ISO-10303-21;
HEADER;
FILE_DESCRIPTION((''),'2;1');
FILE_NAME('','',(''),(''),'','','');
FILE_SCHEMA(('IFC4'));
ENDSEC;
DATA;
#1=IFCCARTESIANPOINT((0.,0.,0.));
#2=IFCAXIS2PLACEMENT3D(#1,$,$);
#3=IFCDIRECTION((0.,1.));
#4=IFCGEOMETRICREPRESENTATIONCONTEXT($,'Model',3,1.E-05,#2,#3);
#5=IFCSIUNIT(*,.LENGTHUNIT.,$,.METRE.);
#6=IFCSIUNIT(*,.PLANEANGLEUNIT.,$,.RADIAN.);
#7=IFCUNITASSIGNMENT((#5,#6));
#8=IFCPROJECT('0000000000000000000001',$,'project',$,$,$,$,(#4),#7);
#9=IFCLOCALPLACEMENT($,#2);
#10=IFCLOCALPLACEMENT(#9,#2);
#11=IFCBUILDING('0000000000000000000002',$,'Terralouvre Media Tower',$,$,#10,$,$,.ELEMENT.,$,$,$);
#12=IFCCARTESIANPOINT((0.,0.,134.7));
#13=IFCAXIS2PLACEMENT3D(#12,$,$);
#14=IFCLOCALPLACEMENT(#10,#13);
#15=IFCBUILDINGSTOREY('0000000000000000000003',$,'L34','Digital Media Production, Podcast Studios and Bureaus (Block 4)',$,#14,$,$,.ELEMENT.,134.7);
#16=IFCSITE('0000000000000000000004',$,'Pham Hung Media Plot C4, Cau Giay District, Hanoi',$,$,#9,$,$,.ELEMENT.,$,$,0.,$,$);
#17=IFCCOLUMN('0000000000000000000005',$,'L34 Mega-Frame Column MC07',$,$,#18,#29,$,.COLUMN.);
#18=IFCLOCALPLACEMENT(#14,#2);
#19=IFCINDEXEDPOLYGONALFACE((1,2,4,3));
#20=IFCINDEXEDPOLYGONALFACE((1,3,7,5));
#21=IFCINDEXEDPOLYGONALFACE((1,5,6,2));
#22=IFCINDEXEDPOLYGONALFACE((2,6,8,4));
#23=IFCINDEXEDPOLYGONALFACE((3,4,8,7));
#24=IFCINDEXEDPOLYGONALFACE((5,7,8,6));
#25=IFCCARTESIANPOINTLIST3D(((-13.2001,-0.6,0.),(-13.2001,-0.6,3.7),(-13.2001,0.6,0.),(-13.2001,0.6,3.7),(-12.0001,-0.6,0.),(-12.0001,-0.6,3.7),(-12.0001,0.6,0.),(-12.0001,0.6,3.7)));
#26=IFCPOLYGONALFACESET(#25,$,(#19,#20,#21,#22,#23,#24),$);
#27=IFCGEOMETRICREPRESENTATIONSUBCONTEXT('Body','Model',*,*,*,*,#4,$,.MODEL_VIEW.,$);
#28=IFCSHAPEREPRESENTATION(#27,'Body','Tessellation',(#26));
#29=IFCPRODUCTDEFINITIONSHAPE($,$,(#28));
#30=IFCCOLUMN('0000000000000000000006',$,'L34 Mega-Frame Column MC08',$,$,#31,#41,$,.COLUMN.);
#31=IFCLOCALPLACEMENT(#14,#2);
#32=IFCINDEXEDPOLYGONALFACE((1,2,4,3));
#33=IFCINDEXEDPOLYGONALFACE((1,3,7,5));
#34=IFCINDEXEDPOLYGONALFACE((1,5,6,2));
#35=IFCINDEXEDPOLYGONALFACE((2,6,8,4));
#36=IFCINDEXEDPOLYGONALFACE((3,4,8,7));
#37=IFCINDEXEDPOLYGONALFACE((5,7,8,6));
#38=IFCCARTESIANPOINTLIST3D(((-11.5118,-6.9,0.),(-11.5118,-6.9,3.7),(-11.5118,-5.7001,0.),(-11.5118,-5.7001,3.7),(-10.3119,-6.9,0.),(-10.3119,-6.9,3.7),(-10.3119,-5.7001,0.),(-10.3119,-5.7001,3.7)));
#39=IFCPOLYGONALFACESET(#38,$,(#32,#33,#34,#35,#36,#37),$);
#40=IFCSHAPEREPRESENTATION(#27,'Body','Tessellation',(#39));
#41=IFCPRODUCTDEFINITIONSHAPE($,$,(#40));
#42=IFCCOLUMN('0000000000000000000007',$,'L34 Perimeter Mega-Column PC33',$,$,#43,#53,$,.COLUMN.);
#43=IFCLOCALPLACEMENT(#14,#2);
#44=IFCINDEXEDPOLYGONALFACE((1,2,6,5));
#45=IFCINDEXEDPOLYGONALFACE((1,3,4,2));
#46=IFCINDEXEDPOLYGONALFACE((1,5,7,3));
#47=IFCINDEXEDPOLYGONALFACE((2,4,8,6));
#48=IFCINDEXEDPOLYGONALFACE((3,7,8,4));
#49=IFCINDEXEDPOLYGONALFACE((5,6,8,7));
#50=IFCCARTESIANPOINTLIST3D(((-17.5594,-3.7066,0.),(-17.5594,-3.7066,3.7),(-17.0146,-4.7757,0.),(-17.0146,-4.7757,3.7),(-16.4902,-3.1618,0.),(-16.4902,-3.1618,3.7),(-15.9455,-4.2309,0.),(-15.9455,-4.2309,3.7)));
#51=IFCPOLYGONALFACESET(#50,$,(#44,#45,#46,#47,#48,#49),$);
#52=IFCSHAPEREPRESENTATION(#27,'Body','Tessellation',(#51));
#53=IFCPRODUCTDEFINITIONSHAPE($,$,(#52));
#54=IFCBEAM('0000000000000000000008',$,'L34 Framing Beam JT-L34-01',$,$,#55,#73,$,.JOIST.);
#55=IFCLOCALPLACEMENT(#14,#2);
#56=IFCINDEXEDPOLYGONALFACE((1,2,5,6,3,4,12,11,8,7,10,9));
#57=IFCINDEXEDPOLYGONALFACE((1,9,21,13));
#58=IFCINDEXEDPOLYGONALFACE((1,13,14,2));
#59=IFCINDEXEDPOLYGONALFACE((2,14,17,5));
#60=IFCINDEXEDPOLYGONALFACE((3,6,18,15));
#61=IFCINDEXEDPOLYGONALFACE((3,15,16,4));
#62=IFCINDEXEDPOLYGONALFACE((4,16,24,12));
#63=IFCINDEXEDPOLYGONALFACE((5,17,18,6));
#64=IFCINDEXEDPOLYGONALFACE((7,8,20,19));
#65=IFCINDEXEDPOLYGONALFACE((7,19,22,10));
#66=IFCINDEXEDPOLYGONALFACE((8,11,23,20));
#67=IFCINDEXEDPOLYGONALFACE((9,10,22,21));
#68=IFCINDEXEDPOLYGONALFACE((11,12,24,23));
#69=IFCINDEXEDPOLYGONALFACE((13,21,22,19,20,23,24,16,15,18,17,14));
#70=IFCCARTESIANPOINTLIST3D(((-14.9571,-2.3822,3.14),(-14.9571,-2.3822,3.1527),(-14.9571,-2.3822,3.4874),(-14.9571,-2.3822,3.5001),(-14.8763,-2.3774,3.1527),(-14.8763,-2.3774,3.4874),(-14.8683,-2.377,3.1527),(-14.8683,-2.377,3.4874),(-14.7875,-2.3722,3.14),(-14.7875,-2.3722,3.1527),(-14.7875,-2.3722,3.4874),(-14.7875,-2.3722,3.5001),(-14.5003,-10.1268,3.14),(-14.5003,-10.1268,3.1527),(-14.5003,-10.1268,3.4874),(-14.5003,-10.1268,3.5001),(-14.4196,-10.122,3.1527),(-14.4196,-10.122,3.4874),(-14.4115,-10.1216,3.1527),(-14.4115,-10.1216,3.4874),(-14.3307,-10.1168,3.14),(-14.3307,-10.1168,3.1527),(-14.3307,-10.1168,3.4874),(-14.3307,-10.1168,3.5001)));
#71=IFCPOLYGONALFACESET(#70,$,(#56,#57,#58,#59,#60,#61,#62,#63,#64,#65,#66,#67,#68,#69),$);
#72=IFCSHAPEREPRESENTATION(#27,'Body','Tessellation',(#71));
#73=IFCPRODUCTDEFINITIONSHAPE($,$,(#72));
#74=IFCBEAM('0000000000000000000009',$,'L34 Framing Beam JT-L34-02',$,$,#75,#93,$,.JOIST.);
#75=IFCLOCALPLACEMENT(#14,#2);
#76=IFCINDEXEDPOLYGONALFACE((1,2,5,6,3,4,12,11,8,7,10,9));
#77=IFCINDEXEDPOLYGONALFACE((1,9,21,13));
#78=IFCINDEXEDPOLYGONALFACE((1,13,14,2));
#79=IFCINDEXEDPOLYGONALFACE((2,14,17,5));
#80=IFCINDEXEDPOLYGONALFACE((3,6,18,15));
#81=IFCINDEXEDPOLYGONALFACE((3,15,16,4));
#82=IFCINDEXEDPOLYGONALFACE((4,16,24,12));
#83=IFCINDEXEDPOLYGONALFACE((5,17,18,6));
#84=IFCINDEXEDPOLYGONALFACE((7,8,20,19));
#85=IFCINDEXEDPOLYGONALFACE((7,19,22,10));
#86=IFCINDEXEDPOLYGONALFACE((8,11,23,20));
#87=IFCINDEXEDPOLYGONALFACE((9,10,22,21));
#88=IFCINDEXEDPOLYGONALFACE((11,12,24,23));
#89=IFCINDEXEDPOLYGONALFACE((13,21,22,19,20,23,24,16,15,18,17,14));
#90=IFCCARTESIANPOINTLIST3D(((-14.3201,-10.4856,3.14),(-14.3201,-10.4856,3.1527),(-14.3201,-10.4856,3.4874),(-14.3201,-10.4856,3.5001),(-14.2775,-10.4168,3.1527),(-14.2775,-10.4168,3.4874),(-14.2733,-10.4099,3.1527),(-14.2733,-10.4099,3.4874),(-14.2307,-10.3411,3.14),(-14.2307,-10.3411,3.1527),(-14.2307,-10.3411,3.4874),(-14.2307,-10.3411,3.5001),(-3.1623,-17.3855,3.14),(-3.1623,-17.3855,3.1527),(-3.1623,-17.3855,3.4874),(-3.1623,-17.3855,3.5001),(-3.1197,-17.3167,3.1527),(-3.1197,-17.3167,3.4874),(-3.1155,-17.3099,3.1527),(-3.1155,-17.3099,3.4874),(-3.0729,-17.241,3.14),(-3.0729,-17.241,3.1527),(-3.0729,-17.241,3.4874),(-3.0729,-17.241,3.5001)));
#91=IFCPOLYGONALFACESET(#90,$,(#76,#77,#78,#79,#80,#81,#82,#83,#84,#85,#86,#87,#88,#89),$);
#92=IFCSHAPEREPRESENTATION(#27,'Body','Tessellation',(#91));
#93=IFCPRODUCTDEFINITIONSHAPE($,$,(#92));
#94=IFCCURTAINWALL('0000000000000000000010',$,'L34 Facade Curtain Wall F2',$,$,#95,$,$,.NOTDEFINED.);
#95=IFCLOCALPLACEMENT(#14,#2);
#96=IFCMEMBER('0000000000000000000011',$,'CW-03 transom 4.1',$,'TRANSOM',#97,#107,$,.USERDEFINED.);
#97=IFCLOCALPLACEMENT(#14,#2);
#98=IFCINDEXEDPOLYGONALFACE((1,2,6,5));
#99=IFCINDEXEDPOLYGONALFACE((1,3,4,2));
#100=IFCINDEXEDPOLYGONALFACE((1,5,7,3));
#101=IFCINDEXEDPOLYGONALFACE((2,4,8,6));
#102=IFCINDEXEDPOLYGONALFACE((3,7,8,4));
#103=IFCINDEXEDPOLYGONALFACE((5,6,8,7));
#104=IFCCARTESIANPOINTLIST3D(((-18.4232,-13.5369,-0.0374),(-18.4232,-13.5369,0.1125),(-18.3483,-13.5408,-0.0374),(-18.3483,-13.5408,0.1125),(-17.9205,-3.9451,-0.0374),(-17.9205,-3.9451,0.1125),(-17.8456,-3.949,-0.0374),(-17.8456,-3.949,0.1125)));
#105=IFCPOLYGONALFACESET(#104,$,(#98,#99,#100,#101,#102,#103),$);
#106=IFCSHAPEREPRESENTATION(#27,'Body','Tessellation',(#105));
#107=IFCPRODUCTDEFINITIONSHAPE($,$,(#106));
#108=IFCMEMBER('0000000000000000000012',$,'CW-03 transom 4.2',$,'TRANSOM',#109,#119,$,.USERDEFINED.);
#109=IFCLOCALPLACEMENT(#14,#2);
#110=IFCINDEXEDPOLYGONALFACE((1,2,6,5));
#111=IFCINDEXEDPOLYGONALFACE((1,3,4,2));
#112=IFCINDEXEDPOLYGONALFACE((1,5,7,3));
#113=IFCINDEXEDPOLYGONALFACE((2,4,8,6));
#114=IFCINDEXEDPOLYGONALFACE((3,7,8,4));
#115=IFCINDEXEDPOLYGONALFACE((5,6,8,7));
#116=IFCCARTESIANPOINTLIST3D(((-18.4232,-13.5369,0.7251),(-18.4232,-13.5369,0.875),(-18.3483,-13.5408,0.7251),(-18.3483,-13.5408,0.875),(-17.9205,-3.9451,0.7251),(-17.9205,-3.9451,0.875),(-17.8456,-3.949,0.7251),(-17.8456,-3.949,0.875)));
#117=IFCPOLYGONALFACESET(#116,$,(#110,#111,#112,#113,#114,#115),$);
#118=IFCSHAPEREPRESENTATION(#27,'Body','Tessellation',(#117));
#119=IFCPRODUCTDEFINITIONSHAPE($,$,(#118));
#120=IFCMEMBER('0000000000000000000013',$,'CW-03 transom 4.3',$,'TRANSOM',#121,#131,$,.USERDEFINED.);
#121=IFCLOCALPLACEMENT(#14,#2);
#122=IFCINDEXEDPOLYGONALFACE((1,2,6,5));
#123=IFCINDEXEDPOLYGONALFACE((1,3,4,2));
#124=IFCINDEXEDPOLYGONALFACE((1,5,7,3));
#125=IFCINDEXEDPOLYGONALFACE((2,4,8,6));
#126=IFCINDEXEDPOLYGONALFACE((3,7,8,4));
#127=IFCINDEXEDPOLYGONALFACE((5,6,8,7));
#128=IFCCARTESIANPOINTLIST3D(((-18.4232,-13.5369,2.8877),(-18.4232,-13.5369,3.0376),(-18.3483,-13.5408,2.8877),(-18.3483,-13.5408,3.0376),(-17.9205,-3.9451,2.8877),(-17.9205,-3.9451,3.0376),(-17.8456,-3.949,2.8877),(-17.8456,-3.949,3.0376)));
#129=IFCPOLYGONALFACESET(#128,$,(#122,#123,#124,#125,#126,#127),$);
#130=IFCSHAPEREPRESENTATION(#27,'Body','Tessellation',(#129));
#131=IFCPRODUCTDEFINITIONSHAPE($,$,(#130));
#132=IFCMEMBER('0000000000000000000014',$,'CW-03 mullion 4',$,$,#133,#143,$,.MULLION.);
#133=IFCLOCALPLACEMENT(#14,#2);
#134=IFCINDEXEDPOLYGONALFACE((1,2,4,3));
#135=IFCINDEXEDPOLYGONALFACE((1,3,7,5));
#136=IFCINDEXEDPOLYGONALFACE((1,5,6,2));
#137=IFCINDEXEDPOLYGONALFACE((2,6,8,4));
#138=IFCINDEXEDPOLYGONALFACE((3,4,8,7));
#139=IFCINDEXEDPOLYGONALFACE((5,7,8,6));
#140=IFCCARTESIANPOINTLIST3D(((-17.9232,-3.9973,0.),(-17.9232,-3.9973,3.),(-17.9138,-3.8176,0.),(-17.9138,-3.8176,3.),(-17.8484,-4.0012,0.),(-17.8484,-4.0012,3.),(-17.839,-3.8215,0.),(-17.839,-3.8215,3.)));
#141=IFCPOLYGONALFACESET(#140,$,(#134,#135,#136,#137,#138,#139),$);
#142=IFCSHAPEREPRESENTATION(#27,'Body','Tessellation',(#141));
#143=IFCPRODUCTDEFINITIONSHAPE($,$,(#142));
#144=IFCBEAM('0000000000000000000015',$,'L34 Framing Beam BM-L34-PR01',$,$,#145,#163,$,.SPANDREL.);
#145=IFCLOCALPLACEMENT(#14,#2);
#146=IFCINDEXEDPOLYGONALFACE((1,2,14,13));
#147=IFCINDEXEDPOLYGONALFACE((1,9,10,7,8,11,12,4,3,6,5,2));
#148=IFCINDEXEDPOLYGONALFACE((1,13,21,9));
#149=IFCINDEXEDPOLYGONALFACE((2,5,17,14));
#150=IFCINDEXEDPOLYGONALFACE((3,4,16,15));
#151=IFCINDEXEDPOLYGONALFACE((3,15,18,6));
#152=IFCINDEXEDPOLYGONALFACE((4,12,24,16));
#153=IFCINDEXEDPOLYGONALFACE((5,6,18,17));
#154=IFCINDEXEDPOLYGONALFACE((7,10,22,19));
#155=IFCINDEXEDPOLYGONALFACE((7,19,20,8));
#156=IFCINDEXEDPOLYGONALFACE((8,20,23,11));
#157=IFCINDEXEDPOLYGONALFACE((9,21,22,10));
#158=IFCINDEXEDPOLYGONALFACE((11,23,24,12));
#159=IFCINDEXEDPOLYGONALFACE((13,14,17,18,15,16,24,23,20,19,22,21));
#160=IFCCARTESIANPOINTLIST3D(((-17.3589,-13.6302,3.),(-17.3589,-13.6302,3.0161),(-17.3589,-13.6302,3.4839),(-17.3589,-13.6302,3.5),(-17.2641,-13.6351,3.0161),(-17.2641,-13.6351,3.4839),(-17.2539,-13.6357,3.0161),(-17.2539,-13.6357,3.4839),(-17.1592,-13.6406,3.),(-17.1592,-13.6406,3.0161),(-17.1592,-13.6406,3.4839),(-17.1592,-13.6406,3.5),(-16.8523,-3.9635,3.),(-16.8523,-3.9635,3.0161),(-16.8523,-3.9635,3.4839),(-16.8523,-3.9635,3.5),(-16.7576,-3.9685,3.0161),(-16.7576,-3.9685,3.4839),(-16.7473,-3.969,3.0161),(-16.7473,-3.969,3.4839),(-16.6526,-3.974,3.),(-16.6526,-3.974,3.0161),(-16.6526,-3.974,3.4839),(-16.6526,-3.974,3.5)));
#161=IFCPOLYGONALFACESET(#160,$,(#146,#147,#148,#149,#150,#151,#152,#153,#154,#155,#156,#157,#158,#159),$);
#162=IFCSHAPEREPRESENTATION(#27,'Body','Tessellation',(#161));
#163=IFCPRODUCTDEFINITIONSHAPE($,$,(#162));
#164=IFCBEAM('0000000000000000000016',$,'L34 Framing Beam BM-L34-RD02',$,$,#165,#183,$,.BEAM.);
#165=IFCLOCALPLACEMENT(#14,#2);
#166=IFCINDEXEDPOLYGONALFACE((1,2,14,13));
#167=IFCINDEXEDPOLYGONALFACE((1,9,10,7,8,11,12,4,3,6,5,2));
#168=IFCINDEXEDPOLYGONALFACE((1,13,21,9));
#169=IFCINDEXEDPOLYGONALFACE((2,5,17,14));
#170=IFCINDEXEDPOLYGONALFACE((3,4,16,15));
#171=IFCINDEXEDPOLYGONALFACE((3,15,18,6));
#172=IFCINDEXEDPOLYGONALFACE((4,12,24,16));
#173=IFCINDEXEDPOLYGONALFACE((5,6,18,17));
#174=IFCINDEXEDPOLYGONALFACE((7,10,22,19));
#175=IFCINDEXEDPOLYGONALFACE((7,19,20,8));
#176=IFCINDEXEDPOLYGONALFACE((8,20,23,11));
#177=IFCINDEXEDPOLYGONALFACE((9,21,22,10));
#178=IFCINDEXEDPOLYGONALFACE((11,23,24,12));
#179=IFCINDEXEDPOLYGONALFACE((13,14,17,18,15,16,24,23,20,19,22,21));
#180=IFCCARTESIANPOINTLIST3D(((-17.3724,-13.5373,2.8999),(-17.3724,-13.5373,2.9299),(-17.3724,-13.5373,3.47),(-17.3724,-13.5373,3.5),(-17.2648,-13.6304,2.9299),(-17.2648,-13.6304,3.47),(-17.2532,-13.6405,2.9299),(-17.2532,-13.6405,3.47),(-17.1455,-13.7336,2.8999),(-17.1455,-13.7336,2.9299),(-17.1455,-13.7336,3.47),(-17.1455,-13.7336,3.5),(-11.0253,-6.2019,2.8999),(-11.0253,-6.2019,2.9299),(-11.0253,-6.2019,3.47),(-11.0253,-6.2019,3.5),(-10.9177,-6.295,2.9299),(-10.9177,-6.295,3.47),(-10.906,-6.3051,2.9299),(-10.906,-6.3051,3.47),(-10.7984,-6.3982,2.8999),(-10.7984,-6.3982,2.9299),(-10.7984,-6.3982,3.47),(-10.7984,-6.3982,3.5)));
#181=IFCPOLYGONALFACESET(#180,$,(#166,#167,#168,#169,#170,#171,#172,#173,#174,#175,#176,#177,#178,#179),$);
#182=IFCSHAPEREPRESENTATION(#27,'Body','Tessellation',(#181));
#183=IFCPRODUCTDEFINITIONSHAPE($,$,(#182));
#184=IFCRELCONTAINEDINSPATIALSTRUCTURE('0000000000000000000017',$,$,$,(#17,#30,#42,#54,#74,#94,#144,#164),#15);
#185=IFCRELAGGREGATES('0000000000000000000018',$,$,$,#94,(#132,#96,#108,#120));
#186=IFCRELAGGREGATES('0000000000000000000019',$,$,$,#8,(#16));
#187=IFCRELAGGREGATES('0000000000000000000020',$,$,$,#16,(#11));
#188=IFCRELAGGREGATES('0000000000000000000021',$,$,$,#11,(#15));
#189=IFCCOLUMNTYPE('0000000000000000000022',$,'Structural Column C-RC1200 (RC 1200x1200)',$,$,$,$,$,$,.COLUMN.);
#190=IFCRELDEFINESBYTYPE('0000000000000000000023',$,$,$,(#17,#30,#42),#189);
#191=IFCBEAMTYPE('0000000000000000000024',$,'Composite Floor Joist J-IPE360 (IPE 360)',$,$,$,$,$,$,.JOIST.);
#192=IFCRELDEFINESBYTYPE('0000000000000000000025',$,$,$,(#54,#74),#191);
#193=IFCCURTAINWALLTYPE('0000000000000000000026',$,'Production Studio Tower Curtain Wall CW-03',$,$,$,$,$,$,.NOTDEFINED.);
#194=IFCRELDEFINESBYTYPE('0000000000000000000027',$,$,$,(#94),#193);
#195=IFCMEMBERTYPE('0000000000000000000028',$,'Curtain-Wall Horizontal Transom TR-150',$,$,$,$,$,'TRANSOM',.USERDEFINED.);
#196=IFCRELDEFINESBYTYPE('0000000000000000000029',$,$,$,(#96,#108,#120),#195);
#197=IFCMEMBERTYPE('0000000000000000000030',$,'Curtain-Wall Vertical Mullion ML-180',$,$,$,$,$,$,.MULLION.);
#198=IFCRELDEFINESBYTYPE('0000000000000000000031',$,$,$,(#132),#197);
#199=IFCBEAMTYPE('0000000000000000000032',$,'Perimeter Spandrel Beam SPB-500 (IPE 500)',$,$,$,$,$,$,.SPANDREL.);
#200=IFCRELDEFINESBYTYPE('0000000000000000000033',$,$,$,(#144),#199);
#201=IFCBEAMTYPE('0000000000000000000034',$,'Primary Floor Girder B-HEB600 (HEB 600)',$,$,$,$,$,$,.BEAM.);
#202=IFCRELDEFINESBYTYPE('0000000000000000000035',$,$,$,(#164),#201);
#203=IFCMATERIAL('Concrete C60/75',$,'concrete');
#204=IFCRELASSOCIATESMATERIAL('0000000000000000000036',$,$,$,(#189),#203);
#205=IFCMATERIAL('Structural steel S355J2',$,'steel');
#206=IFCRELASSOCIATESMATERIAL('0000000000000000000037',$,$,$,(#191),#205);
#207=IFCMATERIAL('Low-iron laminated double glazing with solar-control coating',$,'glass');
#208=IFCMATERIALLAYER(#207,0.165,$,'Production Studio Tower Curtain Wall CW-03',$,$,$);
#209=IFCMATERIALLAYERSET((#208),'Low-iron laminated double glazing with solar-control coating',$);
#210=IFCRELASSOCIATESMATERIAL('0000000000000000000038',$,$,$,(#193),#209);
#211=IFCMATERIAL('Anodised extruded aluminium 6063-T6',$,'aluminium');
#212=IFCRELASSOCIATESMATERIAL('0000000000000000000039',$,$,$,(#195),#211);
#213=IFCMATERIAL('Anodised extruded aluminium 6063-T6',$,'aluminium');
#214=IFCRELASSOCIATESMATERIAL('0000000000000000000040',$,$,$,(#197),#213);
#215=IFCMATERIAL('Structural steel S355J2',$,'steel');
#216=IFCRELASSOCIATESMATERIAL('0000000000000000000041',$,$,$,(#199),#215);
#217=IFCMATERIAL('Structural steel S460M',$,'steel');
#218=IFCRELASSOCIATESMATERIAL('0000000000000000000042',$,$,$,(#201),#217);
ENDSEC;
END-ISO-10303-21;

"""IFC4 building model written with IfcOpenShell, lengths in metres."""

from ifc_helpers import new_model, si_unit, direction, frame, origin, origin_2d, place, context, subcontext, project, spatial, rectangle, i_section, extrude, material, layer, layer_set, material_profile, profile_set, type_object, element, aggregate, save


model = new_model("IFC4")

# Units and contexts
model_context = context("Model", 3, precision=1e-05, world=origin(), true_north=direction((0.0, 1.0)))
body_context = subcontext(model_context, "Body", "Model", "MODEL_VIEW")
ifc_project = project(units=[si_unit("LENGTHUNIT", "METRE"), si_unit("PLANEANGLEUNIT", "RADIAN")], contexts=[model_context])

# Site, building, storey
site_placement = place(None, origin())
site = spatial("IfcSite", under=ifc_project, at=site_placement, Name="Pham Hung Media Plot C4, Cau Giay District, Hanoi", CompositionType="ELEMENT", RefElevation=0.0)
building_placement = place(site_placement, origin())
building = spatial("IfcBuilding", under=site, at=building_placement, Name="Terralouvre Media Tower", CompositionType="ELEMENT")
storey_placement = place(building_placement, frame((0.0, 0.0, 134.7)))
storey = spatial("IfcBuildingStorey", under=building, at=storey_placement, Name="L34", Description="Digital Media Production, Podcast Studios and Bureaus (Block 4)", CompositionType="ELEMENT", Elevation=134.7)

# Columns
ifc_material_1 = material(Name="Concrete C60/75", Category="concrete")
ifc_material_profile_1 = material_profile(ifc_material_1, rectangle(XDim=1.2, YDim=1.2, at=origin_2d()), Name="RC 1200x1200")
ifc_profile_set_1 = profile_set([ifc_material_profile_1], Name="Concrete C60/75")
column_type = type_object("IfcColumnType", Name="Structural Column C-RC1200 (RC 1200x1200)", PredefinedType="COLUMN", material=ifc_profile_set_1)
for number, where, z_axis, x_axis, name in (
    (1, (-12.6001, 0.0, 0.0), (0.0, 0.0, 1.0), (1.0, 0.0, 0.0), "L34 Mega-Frame Column MC07"),
    (2, (-10.9119, -6.3, 0.0), (0.0, 0.0, 1.0), (1.0, 0.0, 0.0), "L34 Mega-Frame Column MC08"),
    (3, (-16.7524, -3.9688, 0.0), (0.0, 0.0, 1.0), (0.891007, 0.45399, 0.0), "L34 Perimeter Mega-Column PC33"),
):
    element("IfcColumn", number, at=place(storey_placement, frame(where, z_axis=z_axis, x_axis=x_axis)), inside=storey, type_object=column_type, Name=name, PredefinedType="COLUMN", context=body_context, shape_type="SweptSolid", body=[
        extrude(rectangle(XDim=1.2, YDim=1.2, at=origin_2d()), origin(), (0.0, 0.0, 1.0), 3.7),
    ])

# Beams
ifc_material_2 = material(Name="Structural steel S355J2", Category="steel")
ifc_material_profile_2 = material_profile(ifc_material_2, i_section(OverallWidth=0.1699, OverallDepth=0.3601, WebThickness=0.0081, FlangeThickness=0.0127, at=origin_2d()), Name="IPE 360")
ifc_profile_set_2 = profile_set([ifc_material_profile_2], Name="Structural steel S355J2")
beam_type_1 = type_object("IfcBeamType", Name="Composite Floor Joist J-IPE360 (IPE 360)", PredefinedType="JOIST", material=ifc_profile_set_2)
beam_1_placement = place(storey_placement, frame((-14.8723, -2.3772, 3.3201), z_axis=(0.058879, -0.998265, 0.0), x_axis=(0.998265, 0.058879, 0.0)))
element("IfcBeam", 4, at=beam_1_placement, inside=storey, type_object=beam_type_1, Name="L34 Framing Beam JT-L34-01", PredefinedType="JOIST", context=body_context, shape_type="SweptSolid", body=[
    extrude(i_section(OverallWidth=0.1699, OverallDepth=0.3601, WebThickness=0.0081, FlangeThickness=0.0127, at=origin_2d()), origin(), (0.0, 0.0, 1.0), 7.7581),
])
beam_2_placement = place(storey_placement, frame((-14.2754, -10.4133, 3.3201), z_axis=(0.850513, -0.525955, 0.0), x_axis=(0.525955, 0.850513, 0.0)))
element("IfcBeam", 5, at=beam_2_placement, inside=storey, type_object=beam_type_1, Name="L34 Framing Beam JT-L34-02", PredefinedType="JOIST", context=body_context, shape_type="SweptSolid", body=[
    extrude(i_section(OverallWidth=0.1699, OverallDepth=0.3601, WebThickness=0.0081, FlangeThickness=0.0127, at=origin_2d()), origin(), (0.0, 0.0, 1.0), 13.1189),
])

# Curtain wall, members
ifc_material_3 = material(Name="Low-iron laminated double glazing with solar-control coating", Category="glass")
ifc_layer_1 = layer(ifc_material_3, 0.165, Name="Production Studio Tower Curtain Wall CW-03")
ifc_layer_set_1 = layer_set([ifc_layer_1], Name="Low-iron laminated double glazing with solar-control coating")
curtain_wall_type = type_object("IfcCurtainWallType", Name="Production Studio Tower Curtain Wall CW-03", PredefinedType="NOTDEFINED", material=ifc_layer_set_1)
curtain_wall_placement = place(storey_placement, origin())
curtain_wall = element("IfcCurtainWall", 6, at=curtain_wall_placement, inside=storey, type_object=curtain_wall_type, Name="L34 Facade Curtain Wall F2", PredefinedType="NOTDEFINED")
ifc_material_4 = material(Name="Anodised extruded aluminium 6063-T6", Category="aluminium")
ifc_material_profile_3 = material_profile(ifc_material_4, rectangle(XDim=0.075, YDim=0.1499, at=origin_2d()), Name="ALU 75x150")
ifc_profile_set_3 = profile_set([ifc_material_profile_3], Name="Anodised extruded aluminium 6063-T6")
member_type_1 = type_object("IfcMemberType", Name="Curtain-Wall Horizontal Transom TR-150", ElementType="TRANSOM", PredefinedType="USERDEFINED", material=ifc_profile_set_3)
member_1_placement = place(storey_placement, frame((-17.8831, -3.947, 0.0376), z_axis=(-0.052336, -0.99863, 0.0), x_axis=(0.99863, -0.052336, 0.0)))
member_1 = element("IfcMember", 7, at=member_1_placement, type_object=member_type_1, Name="CW-03 transom 4.1", ObjectType="TRANSOM", PredefinedType="USERDEFINED", context=body_context, shape_type="SweptSolid", body=[
    extrude(rectangle(XDim=0.075, YDim=0.1499, at=origin_2d()), origin(), (0.0, 0.0, 1.0), 9.605),
])
member_2_placement = place(storey_placement, frame((-17.8831, -3.947, 0.8), z_axis=(-0.052336, -0.99863, 0.0), x_axis=(0.99863, -0.052336, 0.0)))
member_2 = element("IfcMember", 8, at=member_2_placement, type_object=member_type_1, Name="CW-03 transom 4.2", ObjectType="TRANSOM", PredefinedType="USERDEFINED", context=body_context, shape_type="SweptSolid", body=[
    extrude(rectangle(XDim=0.075, YDim=0.1499, at=origin_2d()), origin(), (0.0, 0.0, 1.0), 9.605),
])
member_3_placement = place(storey_placement, frame((-17.8831, -3.947, 2.9626), z_axis=(-0.052336, -0.99863, 0.0), x_axis=(0.99863, -0.052336, 0.0)))
member_3 = element("IfcMember", 9, at=member_3_placement, type_object=member_type_1, Name="CW-03 transom 4.3", ObjectType="TRANSOM", PredefinedType="USERDEFINED", context=body_context, shape_type="SweptSolid", body=[
    extrude(rectangle(XDim=0.075, YDim=0.1499, at=origin_2d()), origin(), (0.0, 0.0, 1.0), 9.605),
])
ifc_material_5 = material(Name="Anodised extruded aluminium 6063-T6", Category="aluminium")
ifc_material_profile_4 = material_profile(ifc_material_5, rectangle(XDim=0.075, YDim=0.1799, at=origin_2d()), Name="ALU 75x180")
ifc_profile_set_4 = profile_set([ifc_material_profile_4], Name="Anodised extruded aluminium 6063-T6")
member_type_2 = type_object("IfcMemberType", Name="Curtain-Wall Vertical Mullion ML-180", PredefinedType="MULLION", material=ifc_profile_set_4)
member_4_placement = place(storey_placement, frame((-17.8811, -3.9094, 0.0), z_axis=(0.0, 0.0, 1.0), x_axis=(0.99863, -0.052336, 0.0)))
member_4 = element("IfcMember", 10, at=member_4_placement, type_object=member_type_2, Name="CW-03 mullion 4", PredefinedType="MULLION", context=body_context, shape_type="SweptSolid", body=[
    extrude(rectangle(XDim=0.075, YDim=0.1799, at=origin_2d()), origin(), (0.0, 0.0, 1.0), 3.0),
])

# Beams
ifc_material_6 = material(Name="Structural steel S355J2", Category="steel")
ifc_material_profile_5 = material_profile(ifc_material_6, i_section(OverallWidth=0.2, OverallDepth=0.5, WebThickness=0.0103, FlangeThickness=0.0161, at=origin_2d()), Name="IPE 500")
ifc_profile_set_5 = profile_set([ifc_material_profile_5], Name="Structural steel S355J2")
beam_type_2 = type_object("IfcBeamType", Name="Perimeter Spandrel Beam SPB-500 (IPE 500)", PredefinedType="SPANDREL", material=ifc_profile_set_5)
beam_3_placement = place(storey_placement, frame((-16.7524, -3.9688, 3.25), z_axis=(-0.052334, -0.99863, 0.0), x_axis=(0.99863, -0.052334, 0.0)))
element("IfcBeam", 11, at=beam_3_placement, inside=storey, type_object=beam_type_2, Name="L34 Framing Beam BM-L34-PR01", PredefinedType="SPANDREL", context=body_context, shape_type="SweptSolid", body=[
    extrude(i_section(OverallWidth=0.2, OverallDepth=0.5, WebThickness=0.0103, FlangeThickness=0.0161, at=origin_2d()), origin(), (0.0, 0.0, 1.0), 9.6799),
])
ifc_material_7 = material(Name="Structural steel S460M", Category="steel")
ifc_material_profile_6 = material_profile(ifc_material_7, i_section(OverallWidth=0.3, OverallDepth=0.6001, WebThickness=0.0154, FlangeThickness=0.03, at=origin_2d()), Name="HEB 600")
ifc_profile_set_6 = profile_set([ifc_material_profile_6], Name="Structural steel S460M")
beam_type_3 = type_object("IfcBeamType", Name="Primary Floor Girder B-HEB600 (HEB 600)", PredefinedType="BEAM", material=ifc_profile_set_6)
beam_4_placement = place(storey_placement, frame((-10.9119, -6.3, 3.2), z_axis=(-0.654329, -0.75621, 0.0), x_axis=(0.75621, -0.654329, 0.0)))
element("IfcBeam", 12, at=beam_4_placement, inside=storey, type_object=beam_type_3, Name="L34 Framing Beam BM-L34-RD02", PredefinedType="BEAM", context=body_context, shape_type="SweptSolid", body=[
    extrude(i_section(OverallWidth=0.3, OverallDepth=0.6001, WebThickness=0.0154, FlangeThickness=0.03, at=origin_2d()), origin(), (0.0, 0.0, 1.0), 9.7002),
])

aggregate(curtain_wall, [member_4, member_1, member_2, member_3])

save(model, "model.ifc")
